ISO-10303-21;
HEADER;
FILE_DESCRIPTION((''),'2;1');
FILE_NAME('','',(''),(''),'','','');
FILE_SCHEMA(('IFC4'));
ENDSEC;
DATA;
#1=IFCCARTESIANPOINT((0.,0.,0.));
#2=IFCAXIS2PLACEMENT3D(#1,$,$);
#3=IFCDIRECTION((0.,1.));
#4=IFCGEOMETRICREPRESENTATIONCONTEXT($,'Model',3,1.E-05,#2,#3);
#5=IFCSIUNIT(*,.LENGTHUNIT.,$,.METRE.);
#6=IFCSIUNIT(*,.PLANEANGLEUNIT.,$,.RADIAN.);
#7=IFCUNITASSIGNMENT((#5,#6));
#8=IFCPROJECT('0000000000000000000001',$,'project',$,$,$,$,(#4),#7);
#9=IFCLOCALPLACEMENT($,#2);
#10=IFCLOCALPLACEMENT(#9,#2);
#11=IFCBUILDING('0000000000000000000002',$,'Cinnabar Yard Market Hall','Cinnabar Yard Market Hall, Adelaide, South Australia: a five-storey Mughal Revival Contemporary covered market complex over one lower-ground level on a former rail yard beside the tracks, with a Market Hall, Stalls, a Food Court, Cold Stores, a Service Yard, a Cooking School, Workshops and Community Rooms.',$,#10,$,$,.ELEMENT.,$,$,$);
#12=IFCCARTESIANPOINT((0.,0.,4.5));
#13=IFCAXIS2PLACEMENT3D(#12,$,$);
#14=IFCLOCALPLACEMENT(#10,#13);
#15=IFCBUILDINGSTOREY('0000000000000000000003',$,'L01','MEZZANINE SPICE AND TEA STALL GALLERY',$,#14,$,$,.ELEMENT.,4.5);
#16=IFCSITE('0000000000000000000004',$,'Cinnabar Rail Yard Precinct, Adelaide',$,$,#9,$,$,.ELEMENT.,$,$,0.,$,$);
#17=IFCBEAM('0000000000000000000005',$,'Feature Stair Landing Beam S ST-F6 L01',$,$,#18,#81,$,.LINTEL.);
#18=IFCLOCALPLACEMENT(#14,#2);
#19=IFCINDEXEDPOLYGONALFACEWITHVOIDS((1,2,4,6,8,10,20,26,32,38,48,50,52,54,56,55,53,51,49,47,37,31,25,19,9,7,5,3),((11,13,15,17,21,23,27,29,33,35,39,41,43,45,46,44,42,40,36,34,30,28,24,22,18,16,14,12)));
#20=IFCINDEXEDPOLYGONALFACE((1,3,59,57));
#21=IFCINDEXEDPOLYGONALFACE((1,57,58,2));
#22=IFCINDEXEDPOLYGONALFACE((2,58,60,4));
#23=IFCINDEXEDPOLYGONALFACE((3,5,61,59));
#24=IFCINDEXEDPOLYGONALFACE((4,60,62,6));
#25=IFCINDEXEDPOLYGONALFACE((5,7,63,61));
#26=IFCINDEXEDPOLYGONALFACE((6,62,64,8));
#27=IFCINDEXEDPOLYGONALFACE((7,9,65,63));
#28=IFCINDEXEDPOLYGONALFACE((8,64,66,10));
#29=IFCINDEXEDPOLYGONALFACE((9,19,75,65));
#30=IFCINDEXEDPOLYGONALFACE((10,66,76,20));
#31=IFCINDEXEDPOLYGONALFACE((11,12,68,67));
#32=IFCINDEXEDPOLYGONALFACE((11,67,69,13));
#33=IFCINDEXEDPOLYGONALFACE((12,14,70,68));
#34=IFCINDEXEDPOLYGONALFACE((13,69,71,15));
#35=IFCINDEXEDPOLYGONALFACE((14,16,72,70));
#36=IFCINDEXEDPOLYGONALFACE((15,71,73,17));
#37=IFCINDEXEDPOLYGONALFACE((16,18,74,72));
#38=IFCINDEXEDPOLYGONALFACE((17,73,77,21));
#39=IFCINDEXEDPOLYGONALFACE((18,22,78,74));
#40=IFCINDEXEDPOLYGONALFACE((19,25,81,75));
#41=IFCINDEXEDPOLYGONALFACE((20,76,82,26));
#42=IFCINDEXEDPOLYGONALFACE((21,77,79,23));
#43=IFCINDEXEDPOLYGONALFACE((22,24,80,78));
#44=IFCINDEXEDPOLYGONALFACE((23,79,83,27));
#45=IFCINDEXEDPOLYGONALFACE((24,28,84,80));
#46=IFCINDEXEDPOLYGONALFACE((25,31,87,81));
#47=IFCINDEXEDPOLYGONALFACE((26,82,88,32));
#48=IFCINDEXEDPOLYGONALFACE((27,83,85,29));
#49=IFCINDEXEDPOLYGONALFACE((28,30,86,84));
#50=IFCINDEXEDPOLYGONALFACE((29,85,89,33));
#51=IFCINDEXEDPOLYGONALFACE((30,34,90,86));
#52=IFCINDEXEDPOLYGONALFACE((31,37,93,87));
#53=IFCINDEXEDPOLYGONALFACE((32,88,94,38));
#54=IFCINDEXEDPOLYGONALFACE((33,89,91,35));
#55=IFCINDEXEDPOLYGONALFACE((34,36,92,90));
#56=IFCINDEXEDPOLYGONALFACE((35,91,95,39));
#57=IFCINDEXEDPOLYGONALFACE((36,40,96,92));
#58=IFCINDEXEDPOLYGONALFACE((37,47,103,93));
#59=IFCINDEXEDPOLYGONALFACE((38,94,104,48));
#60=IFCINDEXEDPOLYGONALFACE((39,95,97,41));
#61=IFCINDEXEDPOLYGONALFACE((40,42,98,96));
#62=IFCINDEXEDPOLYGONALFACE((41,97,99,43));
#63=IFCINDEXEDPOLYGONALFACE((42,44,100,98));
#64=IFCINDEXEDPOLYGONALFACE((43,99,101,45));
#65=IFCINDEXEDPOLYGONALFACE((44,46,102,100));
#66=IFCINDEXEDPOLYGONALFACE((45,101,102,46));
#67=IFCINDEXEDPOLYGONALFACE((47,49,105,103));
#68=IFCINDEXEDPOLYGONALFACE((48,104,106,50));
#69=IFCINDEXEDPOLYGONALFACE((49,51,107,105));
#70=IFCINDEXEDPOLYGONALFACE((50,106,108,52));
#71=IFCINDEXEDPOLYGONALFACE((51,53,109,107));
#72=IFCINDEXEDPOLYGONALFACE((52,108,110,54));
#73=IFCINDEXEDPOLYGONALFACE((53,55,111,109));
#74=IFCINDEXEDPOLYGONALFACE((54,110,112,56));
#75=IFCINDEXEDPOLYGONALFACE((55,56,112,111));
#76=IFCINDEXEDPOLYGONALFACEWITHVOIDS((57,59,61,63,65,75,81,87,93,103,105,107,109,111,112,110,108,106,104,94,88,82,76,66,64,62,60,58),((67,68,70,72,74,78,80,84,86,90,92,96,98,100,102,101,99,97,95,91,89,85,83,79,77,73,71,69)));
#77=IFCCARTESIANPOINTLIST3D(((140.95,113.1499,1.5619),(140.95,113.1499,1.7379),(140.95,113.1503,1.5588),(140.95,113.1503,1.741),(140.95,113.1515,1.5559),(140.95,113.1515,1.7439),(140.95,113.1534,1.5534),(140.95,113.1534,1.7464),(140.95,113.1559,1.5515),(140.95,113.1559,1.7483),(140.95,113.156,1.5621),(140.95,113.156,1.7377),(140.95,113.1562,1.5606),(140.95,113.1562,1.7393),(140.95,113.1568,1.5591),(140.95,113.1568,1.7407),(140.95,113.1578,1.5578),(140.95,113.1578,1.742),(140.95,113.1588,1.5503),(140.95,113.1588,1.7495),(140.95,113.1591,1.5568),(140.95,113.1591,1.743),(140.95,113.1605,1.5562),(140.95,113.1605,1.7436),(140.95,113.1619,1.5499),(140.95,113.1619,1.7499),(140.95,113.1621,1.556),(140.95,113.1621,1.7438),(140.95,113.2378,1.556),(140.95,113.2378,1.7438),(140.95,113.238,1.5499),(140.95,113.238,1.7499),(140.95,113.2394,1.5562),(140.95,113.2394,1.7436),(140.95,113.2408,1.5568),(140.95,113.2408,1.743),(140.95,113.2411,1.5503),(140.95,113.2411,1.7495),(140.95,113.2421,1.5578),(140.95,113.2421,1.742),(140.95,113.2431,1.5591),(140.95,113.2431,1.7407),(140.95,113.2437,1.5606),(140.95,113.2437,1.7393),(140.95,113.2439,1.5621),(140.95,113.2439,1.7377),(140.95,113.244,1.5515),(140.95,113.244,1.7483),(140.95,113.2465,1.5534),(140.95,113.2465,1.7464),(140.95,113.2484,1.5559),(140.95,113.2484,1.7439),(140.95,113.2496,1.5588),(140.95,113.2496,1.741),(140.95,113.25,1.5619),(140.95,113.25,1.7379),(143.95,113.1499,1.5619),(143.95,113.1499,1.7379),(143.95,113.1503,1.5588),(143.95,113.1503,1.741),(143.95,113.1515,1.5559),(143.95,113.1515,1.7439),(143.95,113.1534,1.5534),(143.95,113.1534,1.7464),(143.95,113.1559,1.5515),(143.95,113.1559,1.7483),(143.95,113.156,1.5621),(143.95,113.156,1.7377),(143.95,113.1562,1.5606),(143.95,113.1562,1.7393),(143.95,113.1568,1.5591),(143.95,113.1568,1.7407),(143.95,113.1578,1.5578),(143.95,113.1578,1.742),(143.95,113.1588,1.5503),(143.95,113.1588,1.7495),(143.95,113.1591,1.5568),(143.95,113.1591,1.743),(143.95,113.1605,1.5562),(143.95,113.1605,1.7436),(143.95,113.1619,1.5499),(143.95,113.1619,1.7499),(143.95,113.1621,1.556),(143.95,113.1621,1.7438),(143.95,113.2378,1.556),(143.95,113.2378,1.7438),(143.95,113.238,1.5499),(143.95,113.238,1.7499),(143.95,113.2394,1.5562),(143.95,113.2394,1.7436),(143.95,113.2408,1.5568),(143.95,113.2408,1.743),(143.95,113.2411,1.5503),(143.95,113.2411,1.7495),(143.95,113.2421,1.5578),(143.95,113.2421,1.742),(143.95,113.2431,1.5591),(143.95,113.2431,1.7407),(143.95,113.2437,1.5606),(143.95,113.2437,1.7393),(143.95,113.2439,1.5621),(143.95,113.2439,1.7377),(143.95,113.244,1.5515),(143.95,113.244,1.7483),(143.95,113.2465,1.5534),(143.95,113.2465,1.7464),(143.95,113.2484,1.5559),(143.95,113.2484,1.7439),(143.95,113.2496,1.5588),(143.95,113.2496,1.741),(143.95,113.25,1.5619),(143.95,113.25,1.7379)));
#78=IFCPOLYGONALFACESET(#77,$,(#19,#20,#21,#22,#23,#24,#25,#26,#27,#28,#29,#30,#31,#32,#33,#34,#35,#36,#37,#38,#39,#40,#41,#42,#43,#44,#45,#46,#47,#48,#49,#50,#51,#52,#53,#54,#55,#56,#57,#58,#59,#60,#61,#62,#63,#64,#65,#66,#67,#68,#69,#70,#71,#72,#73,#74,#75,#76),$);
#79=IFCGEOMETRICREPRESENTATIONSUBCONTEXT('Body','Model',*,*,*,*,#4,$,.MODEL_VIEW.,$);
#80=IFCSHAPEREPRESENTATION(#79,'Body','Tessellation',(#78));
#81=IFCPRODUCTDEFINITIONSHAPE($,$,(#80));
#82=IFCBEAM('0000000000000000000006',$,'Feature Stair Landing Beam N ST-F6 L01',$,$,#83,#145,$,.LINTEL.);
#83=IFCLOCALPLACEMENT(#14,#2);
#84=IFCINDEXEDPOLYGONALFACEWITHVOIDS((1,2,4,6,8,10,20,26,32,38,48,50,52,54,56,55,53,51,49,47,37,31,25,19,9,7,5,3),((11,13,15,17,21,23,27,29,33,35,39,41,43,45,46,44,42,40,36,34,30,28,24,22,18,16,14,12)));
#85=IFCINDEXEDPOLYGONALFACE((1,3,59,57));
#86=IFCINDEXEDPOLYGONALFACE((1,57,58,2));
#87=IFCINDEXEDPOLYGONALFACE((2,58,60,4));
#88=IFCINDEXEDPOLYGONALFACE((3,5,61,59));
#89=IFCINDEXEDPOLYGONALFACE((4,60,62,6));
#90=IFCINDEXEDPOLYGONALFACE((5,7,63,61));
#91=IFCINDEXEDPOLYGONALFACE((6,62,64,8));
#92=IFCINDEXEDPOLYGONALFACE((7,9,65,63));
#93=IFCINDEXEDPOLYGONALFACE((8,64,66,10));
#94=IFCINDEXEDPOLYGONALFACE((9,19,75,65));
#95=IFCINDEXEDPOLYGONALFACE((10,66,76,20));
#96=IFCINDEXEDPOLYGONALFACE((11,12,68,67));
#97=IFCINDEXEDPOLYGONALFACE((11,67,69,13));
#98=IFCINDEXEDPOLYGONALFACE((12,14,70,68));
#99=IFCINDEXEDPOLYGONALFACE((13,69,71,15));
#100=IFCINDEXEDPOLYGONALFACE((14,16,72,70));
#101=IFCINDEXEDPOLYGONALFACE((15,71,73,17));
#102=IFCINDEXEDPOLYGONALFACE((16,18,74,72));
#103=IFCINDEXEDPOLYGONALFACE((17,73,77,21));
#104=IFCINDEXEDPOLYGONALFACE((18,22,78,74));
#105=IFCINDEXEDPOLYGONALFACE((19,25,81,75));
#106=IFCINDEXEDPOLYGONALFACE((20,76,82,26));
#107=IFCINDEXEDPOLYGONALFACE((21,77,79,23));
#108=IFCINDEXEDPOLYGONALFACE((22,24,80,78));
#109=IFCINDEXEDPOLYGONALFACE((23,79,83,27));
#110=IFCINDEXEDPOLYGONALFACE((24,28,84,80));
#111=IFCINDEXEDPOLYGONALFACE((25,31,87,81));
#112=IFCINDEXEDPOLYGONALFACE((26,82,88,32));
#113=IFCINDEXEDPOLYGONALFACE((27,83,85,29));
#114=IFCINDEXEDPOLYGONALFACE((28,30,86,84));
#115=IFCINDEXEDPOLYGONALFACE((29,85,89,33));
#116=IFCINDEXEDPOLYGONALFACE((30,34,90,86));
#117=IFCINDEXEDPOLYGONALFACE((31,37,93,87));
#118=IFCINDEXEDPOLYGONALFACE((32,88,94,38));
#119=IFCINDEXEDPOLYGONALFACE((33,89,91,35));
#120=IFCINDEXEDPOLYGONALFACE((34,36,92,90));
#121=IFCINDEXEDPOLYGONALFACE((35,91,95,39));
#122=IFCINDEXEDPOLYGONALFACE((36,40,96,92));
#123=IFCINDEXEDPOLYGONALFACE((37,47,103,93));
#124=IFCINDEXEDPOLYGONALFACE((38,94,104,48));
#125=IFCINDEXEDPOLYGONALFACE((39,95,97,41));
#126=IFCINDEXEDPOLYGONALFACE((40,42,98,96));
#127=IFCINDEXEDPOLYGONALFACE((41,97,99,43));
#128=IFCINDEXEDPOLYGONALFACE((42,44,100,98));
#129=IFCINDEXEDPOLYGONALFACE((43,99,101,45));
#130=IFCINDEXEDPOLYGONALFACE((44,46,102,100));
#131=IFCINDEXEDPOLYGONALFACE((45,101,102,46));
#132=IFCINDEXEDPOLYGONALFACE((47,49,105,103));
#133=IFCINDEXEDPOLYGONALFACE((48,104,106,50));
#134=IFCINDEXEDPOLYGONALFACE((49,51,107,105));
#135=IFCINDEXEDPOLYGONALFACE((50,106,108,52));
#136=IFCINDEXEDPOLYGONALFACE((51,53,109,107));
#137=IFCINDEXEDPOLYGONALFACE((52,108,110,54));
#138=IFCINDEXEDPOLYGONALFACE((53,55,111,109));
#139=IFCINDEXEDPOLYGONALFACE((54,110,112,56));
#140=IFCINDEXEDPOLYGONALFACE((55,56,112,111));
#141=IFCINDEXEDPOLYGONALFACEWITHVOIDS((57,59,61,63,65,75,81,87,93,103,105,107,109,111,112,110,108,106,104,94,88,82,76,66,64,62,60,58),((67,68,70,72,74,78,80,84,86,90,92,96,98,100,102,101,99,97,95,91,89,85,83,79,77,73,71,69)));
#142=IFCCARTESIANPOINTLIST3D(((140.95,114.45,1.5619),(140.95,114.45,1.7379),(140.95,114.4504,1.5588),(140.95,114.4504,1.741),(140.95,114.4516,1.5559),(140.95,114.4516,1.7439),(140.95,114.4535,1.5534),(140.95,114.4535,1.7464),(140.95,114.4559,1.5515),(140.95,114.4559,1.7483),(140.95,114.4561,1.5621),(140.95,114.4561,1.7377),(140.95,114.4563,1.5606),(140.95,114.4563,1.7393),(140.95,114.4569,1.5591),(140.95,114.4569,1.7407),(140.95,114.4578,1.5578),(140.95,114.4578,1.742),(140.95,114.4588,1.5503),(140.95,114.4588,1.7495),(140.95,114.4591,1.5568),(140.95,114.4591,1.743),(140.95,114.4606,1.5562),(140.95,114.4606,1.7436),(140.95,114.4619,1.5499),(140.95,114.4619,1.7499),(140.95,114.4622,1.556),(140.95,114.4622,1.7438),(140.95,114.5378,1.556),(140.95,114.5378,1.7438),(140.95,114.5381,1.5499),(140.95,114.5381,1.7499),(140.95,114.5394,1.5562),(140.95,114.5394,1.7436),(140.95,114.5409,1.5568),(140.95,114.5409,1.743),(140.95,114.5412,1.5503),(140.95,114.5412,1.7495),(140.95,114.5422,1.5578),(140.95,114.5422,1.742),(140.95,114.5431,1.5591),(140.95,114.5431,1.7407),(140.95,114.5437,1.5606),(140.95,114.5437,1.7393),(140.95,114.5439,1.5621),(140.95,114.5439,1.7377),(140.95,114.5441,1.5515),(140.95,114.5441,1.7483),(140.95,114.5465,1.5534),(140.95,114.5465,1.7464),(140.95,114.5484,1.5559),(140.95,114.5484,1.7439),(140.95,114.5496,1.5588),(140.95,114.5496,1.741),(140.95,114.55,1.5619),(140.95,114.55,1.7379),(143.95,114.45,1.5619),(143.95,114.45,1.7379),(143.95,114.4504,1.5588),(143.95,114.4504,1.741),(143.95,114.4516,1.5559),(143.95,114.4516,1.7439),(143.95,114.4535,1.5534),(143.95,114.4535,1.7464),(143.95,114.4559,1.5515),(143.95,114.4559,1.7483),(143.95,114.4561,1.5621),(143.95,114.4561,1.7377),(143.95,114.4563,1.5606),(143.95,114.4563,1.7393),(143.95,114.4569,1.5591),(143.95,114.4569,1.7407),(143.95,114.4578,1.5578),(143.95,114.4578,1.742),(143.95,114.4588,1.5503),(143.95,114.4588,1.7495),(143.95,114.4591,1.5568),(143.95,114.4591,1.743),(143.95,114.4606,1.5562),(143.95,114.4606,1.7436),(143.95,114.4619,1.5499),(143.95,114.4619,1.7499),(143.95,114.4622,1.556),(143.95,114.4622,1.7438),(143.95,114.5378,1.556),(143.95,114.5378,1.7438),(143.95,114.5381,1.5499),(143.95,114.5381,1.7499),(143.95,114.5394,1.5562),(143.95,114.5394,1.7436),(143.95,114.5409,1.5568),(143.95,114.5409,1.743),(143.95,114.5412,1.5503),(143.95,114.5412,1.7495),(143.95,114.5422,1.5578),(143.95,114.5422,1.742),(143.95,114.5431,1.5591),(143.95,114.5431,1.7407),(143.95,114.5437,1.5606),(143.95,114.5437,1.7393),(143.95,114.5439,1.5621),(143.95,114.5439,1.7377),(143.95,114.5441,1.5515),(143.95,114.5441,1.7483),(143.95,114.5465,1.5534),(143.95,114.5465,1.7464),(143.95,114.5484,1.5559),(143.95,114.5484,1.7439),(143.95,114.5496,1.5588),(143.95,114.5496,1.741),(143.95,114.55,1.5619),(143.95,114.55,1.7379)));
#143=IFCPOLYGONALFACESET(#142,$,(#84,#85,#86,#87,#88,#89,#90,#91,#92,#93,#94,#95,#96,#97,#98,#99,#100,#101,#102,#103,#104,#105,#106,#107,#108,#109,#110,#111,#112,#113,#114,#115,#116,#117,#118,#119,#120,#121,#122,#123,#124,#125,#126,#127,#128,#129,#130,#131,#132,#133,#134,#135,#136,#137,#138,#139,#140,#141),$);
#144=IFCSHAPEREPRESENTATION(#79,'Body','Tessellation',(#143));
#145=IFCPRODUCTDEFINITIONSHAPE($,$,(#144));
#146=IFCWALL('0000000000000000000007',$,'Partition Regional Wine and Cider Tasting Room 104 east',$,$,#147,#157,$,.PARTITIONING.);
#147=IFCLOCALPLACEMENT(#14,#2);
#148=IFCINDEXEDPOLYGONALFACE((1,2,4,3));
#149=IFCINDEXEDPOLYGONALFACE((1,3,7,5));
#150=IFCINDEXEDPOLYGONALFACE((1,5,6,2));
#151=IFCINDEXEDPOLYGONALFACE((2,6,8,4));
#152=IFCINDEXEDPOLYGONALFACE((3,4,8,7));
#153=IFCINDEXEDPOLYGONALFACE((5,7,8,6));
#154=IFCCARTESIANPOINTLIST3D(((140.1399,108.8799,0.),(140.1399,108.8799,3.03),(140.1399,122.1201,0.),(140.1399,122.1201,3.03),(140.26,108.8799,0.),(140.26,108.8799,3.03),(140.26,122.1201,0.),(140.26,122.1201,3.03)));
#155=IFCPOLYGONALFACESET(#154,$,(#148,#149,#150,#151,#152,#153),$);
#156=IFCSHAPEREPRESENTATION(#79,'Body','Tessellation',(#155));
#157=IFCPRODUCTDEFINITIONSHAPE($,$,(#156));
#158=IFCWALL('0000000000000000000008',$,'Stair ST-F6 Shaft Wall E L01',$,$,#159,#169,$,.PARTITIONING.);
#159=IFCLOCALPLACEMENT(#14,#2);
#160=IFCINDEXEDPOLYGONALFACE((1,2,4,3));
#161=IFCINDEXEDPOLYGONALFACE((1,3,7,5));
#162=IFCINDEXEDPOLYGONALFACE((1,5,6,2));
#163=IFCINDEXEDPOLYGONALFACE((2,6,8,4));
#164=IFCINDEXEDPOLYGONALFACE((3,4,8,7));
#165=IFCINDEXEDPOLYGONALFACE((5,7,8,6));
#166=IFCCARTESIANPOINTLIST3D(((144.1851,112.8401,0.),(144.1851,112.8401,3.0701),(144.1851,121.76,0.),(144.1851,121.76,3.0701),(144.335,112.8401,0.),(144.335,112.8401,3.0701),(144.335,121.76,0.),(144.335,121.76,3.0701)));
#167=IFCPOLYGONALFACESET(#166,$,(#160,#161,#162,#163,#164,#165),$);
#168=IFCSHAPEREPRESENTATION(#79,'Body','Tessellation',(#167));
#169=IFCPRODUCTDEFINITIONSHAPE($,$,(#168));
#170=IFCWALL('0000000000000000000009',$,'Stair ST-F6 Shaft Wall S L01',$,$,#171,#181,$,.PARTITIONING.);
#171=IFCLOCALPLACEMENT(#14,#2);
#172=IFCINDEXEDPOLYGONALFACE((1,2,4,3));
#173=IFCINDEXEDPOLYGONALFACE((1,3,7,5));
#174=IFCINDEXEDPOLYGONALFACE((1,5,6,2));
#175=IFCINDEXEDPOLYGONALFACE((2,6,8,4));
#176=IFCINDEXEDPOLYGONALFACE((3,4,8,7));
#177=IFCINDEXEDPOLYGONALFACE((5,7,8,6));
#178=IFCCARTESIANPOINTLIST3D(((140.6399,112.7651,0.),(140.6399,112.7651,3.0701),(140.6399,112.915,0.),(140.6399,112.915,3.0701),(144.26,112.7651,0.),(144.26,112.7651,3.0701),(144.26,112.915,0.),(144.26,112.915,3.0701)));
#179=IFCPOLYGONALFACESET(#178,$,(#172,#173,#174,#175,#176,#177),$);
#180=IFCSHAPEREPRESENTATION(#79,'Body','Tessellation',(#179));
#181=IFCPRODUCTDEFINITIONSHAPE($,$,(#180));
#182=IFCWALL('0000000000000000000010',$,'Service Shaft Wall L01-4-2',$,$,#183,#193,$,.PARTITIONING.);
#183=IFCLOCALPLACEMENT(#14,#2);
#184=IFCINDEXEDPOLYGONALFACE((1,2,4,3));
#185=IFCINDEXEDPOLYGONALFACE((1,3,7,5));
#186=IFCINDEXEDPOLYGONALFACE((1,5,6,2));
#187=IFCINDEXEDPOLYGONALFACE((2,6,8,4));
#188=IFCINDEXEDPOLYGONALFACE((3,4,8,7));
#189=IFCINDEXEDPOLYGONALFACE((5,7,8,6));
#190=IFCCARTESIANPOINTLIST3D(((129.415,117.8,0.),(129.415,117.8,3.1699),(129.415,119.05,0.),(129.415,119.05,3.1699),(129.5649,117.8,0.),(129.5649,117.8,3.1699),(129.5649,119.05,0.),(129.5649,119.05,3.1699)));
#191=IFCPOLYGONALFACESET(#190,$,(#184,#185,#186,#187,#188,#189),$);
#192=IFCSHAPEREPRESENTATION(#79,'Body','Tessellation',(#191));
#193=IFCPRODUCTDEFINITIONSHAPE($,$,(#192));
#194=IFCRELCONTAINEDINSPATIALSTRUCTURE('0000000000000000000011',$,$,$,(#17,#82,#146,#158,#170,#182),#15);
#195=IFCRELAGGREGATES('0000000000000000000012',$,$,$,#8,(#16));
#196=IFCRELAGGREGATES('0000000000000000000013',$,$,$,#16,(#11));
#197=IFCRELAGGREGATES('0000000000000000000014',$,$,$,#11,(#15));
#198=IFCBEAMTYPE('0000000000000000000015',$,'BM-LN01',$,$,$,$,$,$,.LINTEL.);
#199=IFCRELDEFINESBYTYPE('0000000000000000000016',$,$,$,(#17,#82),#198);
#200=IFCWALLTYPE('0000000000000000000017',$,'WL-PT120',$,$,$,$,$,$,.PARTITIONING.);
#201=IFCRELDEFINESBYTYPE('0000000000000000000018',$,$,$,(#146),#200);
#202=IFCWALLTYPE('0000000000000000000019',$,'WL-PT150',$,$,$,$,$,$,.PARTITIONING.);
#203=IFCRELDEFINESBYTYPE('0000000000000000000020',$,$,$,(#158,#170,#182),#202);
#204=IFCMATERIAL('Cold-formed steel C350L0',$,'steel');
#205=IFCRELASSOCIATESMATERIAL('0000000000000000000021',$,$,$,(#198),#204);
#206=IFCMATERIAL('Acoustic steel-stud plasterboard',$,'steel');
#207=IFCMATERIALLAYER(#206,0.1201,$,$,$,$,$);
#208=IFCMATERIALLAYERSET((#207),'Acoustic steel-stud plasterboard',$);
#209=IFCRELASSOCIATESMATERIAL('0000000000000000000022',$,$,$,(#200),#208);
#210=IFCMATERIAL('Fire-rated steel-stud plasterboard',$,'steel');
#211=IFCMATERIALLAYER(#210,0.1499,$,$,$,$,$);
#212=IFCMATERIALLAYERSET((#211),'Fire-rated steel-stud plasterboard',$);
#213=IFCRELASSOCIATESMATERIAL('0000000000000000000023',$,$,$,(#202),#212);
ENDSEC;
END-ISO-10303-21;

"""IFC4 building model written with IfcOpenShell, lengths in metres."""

from ifc_helpers import new_model, si_unit, direction, frame, frame_2d, origin, origin_2d_with_axis, place, context, subcontext, project, spatial, rectangle, hollow_rectangle, extrude, material, layer, layer_set, material_profile, profile_set, type_object, element, save


model = new_model("IFC4")

# Units and contexts
model_context = context("Model", 3, precision=1e-05, world=origin(), true_north=direction((0.0, 1.0)))
body_context = subcontext(model_context, "Body", "Model", "MODEL_VIEW")
ifc_project = project(units=[si_unit("LENGTHUNIT", "METRE"), si_unit("PLANEANGLEUNIT", "RADIAN")], contexts=[model_context])

# Site, building, storey
site_placement = place(None, origin())
site = spatial("IfcSite", under=ifc_project, at=site_placement, Name="Cinnabar Rail Yard Precinct, Adelaide", CompositionType="ELEMENT", RefElevation=0.0)
building_placement = place(site_placement, origin())
building = spatial("IfcBuilding", under=site, at=building_placement, Name="Cinnabar Yard Market Hall", Description="Cinnabar Yard Market Hall, Adelaide, South Australia: a five-storey Mughal Revival Contemporary covered market complex over one lower-ground level on a former rail yard beside the tracks, with a Market Hall, Stalls, a Food Court, Cold Stores, a Service Yard, a Cooking School, Workshops and Community Rooms.", CompositionType="ELEMENT")
storey_placement = place(building_placement, frame((0.0, 0.0, 4.5)))
storey = spatial("IfcBuildingStorey", under=building, at=storey_placement, Name="L01", Description="MEZZANINE SPICE AND TEA STALL GALLERY", CompositionType="ELEMENT", Elevation=4.5)

# Shared definitions
ifc_material_1 = material(Name="Cold-formed steel C350L0", Category="steel")

# Beams
ifc_material_profile_1 = material_profile(ifc_material_1, hollow_rectangle(XDim=0.1001, YDim=0.2, WallThickness=0.0061, InnerFilletRadius=0.0061, OuterFilletRadius=0.012, at=origin_2d_with_axis()), Name="200x100x6.0RHS")
ifc_profile_set_1 = profile_set([ifc_material_profile_1], Name="Cold-formed steel C350L0")
beam_type_1 = type_object("IfcBeamType", Name="BM-LN01", PredefinedType="LINTEL", material=ifc_profile_set_1)
for number, where, z_axis, x_axis, name in (
    (1, (140.95, 113.2, 1.6499), (1.0, 0.0, 0.0), (0.0, 1.0, 0.0), "Feature Stair Landing Beam S ST-F6 L01"),
    (2, (140.95, 114.5, 1.6499), (1.0, 0.0, 0.0), (0.0, 1.0, 0.0), "Feature Stair Landing Beam N ST-F6 L01"),
):
    element("IfcBeam", number, at=place(storey_placement, frame(where, z_axis=z_axis, x_axis=x_axis)), inside=storey, type_object=beam_type_1, Name=name, PredefinedType="LINTEL", context=body_context, shape_type="SweptSolid", body=[
        extrude(hollow_rectangle(XDim=0.1001, YDim=0.2, WallThickness=0.0061, InnerFilletRadius=0.0061, OuterFilletRadius=0.012, at=origin_2d_with_axis()), origin(), (0.0, 0.0, 1.0), 3.0),
    ])

# Walls
ifc_material_2 = material(Name="Acoustic steel-stud plasterboard", Category="steel")
ifc_layer_1 = layer(ifc_material_2, 0.1201)
ifc_layer_set_1 = layer_set([ifc_layer_1], Name="Acoustic steel-stud plasterboard")
wall_type_1 = type_object("IfcWallType", Name="WL-PT120", PredefinedType="PARTITIONING", material=ifc_layer_set_1)
wall_1_placement = place(storey_placement, frame((140.2, 108.8799, 0.0), z_axis=(0.0, 0.0, 1.0), x_axis=(0.0, 1.0, 0.0)))
element("IfcWall", 3, at=wall_1_placement, inside=storey, type_object=wall_type_1, Name="Partition Regional Wine and Cider Tasting Room 104 east", PredefinedType="PARTITIONING", context=body_context, shape_type="SweptSolid", body=[
    extrude(rectangle(XDim=13.2402, YDim=0.1201, at=frame_2d((6.6201, 0.0), x_axis=(1.0, 0.0))), origin(), (0.0, 0.0, 1.0), 3.03),
])
ifc_material_3 = material(Name="Fire-rated steel-stud plasterboard", Category="steel")
ifc_layer_2 = layer(ifc_material_3, 0.1499)
ifc_layer_set_2 = layer_set([ifc_layer_2], Name="Fire-rated steel-stud plasterboard")
wall_type_2 = type_object("IfcWallType", Name="WL-PT150", PredefinedType="PARTITIONING", material=ifc_layer_set_2)
wall_2_placement = place(storey_placement, frame((144.26, 112.8401, 0.0), z_axis=(0.0, 0.0, 1.0), x_axis=(0.0, 1.0, 0.0)))
element("IfcWall", 4, at=wall_2_placement, inside=storey, type_object=wall_type_2, Name="Stair ST-F6 Shaft Wall E L01", PredefinedType="PARTITIONING", context=body_context, shape_type="SweptSolid", body=[
    extrude(rectangle(XDim=8.9199, YDim=0.1499, at=frame_2d((4.46, 0.0), x_axis=(1.0, 0.0))), origin(), (0.0, 0.0, 1.0), 3.0701),
])
wall_3_placement = place(storey_placement, frame((140.6399, 112.8401, 0.0), z_axis=(0.0, 0.0, 1.0), x_axis=(1.0, 0.0, 0.0)))
element("IfcWall", 5, at=wall_3_placement, inside=storey, type_object=wall_type_2, Name="Stair ST-F6 Shaft Wall S L01", PredefinedType="PARTITIONING", context=body_context, shape_type="SweptSolid", body=[
    extrude(rectangle(XDim=3.6201, YDim=0.1499, at=frame_2d((1.8101, 0.0), x_axis=(1.0, 0.0))), origin(), (0.0, 0.0, 1.0), 3.0701),
])
for number, where, z_axis, x_axis, name in (
    (6, (129.49, 117.8, 0.0), (0.0, 0.0, 1.0), (0.0, 1.0, 0.0), "Service Shaft Wall L01-4-2"),
):
    element("IfcWall", number, at=place(storey_placement, frame(where, z_axis=z_axis, x_axis=x_axis)), inside=storey, type_object=wall_type_2, Name=name, PredefinedType="PARTITIONING", context=body_context, shape_type="SweptSolid", body=[
        extrude(rectangle(XDim=1.25, YDim=0.1499, at=frame_2d((0.625, 0.0), x_axis=(1.0, 0.0))), origin(), (0.0, 0.0, 1.0), 3.1699),
    ])

save(model, "model.ifc")
